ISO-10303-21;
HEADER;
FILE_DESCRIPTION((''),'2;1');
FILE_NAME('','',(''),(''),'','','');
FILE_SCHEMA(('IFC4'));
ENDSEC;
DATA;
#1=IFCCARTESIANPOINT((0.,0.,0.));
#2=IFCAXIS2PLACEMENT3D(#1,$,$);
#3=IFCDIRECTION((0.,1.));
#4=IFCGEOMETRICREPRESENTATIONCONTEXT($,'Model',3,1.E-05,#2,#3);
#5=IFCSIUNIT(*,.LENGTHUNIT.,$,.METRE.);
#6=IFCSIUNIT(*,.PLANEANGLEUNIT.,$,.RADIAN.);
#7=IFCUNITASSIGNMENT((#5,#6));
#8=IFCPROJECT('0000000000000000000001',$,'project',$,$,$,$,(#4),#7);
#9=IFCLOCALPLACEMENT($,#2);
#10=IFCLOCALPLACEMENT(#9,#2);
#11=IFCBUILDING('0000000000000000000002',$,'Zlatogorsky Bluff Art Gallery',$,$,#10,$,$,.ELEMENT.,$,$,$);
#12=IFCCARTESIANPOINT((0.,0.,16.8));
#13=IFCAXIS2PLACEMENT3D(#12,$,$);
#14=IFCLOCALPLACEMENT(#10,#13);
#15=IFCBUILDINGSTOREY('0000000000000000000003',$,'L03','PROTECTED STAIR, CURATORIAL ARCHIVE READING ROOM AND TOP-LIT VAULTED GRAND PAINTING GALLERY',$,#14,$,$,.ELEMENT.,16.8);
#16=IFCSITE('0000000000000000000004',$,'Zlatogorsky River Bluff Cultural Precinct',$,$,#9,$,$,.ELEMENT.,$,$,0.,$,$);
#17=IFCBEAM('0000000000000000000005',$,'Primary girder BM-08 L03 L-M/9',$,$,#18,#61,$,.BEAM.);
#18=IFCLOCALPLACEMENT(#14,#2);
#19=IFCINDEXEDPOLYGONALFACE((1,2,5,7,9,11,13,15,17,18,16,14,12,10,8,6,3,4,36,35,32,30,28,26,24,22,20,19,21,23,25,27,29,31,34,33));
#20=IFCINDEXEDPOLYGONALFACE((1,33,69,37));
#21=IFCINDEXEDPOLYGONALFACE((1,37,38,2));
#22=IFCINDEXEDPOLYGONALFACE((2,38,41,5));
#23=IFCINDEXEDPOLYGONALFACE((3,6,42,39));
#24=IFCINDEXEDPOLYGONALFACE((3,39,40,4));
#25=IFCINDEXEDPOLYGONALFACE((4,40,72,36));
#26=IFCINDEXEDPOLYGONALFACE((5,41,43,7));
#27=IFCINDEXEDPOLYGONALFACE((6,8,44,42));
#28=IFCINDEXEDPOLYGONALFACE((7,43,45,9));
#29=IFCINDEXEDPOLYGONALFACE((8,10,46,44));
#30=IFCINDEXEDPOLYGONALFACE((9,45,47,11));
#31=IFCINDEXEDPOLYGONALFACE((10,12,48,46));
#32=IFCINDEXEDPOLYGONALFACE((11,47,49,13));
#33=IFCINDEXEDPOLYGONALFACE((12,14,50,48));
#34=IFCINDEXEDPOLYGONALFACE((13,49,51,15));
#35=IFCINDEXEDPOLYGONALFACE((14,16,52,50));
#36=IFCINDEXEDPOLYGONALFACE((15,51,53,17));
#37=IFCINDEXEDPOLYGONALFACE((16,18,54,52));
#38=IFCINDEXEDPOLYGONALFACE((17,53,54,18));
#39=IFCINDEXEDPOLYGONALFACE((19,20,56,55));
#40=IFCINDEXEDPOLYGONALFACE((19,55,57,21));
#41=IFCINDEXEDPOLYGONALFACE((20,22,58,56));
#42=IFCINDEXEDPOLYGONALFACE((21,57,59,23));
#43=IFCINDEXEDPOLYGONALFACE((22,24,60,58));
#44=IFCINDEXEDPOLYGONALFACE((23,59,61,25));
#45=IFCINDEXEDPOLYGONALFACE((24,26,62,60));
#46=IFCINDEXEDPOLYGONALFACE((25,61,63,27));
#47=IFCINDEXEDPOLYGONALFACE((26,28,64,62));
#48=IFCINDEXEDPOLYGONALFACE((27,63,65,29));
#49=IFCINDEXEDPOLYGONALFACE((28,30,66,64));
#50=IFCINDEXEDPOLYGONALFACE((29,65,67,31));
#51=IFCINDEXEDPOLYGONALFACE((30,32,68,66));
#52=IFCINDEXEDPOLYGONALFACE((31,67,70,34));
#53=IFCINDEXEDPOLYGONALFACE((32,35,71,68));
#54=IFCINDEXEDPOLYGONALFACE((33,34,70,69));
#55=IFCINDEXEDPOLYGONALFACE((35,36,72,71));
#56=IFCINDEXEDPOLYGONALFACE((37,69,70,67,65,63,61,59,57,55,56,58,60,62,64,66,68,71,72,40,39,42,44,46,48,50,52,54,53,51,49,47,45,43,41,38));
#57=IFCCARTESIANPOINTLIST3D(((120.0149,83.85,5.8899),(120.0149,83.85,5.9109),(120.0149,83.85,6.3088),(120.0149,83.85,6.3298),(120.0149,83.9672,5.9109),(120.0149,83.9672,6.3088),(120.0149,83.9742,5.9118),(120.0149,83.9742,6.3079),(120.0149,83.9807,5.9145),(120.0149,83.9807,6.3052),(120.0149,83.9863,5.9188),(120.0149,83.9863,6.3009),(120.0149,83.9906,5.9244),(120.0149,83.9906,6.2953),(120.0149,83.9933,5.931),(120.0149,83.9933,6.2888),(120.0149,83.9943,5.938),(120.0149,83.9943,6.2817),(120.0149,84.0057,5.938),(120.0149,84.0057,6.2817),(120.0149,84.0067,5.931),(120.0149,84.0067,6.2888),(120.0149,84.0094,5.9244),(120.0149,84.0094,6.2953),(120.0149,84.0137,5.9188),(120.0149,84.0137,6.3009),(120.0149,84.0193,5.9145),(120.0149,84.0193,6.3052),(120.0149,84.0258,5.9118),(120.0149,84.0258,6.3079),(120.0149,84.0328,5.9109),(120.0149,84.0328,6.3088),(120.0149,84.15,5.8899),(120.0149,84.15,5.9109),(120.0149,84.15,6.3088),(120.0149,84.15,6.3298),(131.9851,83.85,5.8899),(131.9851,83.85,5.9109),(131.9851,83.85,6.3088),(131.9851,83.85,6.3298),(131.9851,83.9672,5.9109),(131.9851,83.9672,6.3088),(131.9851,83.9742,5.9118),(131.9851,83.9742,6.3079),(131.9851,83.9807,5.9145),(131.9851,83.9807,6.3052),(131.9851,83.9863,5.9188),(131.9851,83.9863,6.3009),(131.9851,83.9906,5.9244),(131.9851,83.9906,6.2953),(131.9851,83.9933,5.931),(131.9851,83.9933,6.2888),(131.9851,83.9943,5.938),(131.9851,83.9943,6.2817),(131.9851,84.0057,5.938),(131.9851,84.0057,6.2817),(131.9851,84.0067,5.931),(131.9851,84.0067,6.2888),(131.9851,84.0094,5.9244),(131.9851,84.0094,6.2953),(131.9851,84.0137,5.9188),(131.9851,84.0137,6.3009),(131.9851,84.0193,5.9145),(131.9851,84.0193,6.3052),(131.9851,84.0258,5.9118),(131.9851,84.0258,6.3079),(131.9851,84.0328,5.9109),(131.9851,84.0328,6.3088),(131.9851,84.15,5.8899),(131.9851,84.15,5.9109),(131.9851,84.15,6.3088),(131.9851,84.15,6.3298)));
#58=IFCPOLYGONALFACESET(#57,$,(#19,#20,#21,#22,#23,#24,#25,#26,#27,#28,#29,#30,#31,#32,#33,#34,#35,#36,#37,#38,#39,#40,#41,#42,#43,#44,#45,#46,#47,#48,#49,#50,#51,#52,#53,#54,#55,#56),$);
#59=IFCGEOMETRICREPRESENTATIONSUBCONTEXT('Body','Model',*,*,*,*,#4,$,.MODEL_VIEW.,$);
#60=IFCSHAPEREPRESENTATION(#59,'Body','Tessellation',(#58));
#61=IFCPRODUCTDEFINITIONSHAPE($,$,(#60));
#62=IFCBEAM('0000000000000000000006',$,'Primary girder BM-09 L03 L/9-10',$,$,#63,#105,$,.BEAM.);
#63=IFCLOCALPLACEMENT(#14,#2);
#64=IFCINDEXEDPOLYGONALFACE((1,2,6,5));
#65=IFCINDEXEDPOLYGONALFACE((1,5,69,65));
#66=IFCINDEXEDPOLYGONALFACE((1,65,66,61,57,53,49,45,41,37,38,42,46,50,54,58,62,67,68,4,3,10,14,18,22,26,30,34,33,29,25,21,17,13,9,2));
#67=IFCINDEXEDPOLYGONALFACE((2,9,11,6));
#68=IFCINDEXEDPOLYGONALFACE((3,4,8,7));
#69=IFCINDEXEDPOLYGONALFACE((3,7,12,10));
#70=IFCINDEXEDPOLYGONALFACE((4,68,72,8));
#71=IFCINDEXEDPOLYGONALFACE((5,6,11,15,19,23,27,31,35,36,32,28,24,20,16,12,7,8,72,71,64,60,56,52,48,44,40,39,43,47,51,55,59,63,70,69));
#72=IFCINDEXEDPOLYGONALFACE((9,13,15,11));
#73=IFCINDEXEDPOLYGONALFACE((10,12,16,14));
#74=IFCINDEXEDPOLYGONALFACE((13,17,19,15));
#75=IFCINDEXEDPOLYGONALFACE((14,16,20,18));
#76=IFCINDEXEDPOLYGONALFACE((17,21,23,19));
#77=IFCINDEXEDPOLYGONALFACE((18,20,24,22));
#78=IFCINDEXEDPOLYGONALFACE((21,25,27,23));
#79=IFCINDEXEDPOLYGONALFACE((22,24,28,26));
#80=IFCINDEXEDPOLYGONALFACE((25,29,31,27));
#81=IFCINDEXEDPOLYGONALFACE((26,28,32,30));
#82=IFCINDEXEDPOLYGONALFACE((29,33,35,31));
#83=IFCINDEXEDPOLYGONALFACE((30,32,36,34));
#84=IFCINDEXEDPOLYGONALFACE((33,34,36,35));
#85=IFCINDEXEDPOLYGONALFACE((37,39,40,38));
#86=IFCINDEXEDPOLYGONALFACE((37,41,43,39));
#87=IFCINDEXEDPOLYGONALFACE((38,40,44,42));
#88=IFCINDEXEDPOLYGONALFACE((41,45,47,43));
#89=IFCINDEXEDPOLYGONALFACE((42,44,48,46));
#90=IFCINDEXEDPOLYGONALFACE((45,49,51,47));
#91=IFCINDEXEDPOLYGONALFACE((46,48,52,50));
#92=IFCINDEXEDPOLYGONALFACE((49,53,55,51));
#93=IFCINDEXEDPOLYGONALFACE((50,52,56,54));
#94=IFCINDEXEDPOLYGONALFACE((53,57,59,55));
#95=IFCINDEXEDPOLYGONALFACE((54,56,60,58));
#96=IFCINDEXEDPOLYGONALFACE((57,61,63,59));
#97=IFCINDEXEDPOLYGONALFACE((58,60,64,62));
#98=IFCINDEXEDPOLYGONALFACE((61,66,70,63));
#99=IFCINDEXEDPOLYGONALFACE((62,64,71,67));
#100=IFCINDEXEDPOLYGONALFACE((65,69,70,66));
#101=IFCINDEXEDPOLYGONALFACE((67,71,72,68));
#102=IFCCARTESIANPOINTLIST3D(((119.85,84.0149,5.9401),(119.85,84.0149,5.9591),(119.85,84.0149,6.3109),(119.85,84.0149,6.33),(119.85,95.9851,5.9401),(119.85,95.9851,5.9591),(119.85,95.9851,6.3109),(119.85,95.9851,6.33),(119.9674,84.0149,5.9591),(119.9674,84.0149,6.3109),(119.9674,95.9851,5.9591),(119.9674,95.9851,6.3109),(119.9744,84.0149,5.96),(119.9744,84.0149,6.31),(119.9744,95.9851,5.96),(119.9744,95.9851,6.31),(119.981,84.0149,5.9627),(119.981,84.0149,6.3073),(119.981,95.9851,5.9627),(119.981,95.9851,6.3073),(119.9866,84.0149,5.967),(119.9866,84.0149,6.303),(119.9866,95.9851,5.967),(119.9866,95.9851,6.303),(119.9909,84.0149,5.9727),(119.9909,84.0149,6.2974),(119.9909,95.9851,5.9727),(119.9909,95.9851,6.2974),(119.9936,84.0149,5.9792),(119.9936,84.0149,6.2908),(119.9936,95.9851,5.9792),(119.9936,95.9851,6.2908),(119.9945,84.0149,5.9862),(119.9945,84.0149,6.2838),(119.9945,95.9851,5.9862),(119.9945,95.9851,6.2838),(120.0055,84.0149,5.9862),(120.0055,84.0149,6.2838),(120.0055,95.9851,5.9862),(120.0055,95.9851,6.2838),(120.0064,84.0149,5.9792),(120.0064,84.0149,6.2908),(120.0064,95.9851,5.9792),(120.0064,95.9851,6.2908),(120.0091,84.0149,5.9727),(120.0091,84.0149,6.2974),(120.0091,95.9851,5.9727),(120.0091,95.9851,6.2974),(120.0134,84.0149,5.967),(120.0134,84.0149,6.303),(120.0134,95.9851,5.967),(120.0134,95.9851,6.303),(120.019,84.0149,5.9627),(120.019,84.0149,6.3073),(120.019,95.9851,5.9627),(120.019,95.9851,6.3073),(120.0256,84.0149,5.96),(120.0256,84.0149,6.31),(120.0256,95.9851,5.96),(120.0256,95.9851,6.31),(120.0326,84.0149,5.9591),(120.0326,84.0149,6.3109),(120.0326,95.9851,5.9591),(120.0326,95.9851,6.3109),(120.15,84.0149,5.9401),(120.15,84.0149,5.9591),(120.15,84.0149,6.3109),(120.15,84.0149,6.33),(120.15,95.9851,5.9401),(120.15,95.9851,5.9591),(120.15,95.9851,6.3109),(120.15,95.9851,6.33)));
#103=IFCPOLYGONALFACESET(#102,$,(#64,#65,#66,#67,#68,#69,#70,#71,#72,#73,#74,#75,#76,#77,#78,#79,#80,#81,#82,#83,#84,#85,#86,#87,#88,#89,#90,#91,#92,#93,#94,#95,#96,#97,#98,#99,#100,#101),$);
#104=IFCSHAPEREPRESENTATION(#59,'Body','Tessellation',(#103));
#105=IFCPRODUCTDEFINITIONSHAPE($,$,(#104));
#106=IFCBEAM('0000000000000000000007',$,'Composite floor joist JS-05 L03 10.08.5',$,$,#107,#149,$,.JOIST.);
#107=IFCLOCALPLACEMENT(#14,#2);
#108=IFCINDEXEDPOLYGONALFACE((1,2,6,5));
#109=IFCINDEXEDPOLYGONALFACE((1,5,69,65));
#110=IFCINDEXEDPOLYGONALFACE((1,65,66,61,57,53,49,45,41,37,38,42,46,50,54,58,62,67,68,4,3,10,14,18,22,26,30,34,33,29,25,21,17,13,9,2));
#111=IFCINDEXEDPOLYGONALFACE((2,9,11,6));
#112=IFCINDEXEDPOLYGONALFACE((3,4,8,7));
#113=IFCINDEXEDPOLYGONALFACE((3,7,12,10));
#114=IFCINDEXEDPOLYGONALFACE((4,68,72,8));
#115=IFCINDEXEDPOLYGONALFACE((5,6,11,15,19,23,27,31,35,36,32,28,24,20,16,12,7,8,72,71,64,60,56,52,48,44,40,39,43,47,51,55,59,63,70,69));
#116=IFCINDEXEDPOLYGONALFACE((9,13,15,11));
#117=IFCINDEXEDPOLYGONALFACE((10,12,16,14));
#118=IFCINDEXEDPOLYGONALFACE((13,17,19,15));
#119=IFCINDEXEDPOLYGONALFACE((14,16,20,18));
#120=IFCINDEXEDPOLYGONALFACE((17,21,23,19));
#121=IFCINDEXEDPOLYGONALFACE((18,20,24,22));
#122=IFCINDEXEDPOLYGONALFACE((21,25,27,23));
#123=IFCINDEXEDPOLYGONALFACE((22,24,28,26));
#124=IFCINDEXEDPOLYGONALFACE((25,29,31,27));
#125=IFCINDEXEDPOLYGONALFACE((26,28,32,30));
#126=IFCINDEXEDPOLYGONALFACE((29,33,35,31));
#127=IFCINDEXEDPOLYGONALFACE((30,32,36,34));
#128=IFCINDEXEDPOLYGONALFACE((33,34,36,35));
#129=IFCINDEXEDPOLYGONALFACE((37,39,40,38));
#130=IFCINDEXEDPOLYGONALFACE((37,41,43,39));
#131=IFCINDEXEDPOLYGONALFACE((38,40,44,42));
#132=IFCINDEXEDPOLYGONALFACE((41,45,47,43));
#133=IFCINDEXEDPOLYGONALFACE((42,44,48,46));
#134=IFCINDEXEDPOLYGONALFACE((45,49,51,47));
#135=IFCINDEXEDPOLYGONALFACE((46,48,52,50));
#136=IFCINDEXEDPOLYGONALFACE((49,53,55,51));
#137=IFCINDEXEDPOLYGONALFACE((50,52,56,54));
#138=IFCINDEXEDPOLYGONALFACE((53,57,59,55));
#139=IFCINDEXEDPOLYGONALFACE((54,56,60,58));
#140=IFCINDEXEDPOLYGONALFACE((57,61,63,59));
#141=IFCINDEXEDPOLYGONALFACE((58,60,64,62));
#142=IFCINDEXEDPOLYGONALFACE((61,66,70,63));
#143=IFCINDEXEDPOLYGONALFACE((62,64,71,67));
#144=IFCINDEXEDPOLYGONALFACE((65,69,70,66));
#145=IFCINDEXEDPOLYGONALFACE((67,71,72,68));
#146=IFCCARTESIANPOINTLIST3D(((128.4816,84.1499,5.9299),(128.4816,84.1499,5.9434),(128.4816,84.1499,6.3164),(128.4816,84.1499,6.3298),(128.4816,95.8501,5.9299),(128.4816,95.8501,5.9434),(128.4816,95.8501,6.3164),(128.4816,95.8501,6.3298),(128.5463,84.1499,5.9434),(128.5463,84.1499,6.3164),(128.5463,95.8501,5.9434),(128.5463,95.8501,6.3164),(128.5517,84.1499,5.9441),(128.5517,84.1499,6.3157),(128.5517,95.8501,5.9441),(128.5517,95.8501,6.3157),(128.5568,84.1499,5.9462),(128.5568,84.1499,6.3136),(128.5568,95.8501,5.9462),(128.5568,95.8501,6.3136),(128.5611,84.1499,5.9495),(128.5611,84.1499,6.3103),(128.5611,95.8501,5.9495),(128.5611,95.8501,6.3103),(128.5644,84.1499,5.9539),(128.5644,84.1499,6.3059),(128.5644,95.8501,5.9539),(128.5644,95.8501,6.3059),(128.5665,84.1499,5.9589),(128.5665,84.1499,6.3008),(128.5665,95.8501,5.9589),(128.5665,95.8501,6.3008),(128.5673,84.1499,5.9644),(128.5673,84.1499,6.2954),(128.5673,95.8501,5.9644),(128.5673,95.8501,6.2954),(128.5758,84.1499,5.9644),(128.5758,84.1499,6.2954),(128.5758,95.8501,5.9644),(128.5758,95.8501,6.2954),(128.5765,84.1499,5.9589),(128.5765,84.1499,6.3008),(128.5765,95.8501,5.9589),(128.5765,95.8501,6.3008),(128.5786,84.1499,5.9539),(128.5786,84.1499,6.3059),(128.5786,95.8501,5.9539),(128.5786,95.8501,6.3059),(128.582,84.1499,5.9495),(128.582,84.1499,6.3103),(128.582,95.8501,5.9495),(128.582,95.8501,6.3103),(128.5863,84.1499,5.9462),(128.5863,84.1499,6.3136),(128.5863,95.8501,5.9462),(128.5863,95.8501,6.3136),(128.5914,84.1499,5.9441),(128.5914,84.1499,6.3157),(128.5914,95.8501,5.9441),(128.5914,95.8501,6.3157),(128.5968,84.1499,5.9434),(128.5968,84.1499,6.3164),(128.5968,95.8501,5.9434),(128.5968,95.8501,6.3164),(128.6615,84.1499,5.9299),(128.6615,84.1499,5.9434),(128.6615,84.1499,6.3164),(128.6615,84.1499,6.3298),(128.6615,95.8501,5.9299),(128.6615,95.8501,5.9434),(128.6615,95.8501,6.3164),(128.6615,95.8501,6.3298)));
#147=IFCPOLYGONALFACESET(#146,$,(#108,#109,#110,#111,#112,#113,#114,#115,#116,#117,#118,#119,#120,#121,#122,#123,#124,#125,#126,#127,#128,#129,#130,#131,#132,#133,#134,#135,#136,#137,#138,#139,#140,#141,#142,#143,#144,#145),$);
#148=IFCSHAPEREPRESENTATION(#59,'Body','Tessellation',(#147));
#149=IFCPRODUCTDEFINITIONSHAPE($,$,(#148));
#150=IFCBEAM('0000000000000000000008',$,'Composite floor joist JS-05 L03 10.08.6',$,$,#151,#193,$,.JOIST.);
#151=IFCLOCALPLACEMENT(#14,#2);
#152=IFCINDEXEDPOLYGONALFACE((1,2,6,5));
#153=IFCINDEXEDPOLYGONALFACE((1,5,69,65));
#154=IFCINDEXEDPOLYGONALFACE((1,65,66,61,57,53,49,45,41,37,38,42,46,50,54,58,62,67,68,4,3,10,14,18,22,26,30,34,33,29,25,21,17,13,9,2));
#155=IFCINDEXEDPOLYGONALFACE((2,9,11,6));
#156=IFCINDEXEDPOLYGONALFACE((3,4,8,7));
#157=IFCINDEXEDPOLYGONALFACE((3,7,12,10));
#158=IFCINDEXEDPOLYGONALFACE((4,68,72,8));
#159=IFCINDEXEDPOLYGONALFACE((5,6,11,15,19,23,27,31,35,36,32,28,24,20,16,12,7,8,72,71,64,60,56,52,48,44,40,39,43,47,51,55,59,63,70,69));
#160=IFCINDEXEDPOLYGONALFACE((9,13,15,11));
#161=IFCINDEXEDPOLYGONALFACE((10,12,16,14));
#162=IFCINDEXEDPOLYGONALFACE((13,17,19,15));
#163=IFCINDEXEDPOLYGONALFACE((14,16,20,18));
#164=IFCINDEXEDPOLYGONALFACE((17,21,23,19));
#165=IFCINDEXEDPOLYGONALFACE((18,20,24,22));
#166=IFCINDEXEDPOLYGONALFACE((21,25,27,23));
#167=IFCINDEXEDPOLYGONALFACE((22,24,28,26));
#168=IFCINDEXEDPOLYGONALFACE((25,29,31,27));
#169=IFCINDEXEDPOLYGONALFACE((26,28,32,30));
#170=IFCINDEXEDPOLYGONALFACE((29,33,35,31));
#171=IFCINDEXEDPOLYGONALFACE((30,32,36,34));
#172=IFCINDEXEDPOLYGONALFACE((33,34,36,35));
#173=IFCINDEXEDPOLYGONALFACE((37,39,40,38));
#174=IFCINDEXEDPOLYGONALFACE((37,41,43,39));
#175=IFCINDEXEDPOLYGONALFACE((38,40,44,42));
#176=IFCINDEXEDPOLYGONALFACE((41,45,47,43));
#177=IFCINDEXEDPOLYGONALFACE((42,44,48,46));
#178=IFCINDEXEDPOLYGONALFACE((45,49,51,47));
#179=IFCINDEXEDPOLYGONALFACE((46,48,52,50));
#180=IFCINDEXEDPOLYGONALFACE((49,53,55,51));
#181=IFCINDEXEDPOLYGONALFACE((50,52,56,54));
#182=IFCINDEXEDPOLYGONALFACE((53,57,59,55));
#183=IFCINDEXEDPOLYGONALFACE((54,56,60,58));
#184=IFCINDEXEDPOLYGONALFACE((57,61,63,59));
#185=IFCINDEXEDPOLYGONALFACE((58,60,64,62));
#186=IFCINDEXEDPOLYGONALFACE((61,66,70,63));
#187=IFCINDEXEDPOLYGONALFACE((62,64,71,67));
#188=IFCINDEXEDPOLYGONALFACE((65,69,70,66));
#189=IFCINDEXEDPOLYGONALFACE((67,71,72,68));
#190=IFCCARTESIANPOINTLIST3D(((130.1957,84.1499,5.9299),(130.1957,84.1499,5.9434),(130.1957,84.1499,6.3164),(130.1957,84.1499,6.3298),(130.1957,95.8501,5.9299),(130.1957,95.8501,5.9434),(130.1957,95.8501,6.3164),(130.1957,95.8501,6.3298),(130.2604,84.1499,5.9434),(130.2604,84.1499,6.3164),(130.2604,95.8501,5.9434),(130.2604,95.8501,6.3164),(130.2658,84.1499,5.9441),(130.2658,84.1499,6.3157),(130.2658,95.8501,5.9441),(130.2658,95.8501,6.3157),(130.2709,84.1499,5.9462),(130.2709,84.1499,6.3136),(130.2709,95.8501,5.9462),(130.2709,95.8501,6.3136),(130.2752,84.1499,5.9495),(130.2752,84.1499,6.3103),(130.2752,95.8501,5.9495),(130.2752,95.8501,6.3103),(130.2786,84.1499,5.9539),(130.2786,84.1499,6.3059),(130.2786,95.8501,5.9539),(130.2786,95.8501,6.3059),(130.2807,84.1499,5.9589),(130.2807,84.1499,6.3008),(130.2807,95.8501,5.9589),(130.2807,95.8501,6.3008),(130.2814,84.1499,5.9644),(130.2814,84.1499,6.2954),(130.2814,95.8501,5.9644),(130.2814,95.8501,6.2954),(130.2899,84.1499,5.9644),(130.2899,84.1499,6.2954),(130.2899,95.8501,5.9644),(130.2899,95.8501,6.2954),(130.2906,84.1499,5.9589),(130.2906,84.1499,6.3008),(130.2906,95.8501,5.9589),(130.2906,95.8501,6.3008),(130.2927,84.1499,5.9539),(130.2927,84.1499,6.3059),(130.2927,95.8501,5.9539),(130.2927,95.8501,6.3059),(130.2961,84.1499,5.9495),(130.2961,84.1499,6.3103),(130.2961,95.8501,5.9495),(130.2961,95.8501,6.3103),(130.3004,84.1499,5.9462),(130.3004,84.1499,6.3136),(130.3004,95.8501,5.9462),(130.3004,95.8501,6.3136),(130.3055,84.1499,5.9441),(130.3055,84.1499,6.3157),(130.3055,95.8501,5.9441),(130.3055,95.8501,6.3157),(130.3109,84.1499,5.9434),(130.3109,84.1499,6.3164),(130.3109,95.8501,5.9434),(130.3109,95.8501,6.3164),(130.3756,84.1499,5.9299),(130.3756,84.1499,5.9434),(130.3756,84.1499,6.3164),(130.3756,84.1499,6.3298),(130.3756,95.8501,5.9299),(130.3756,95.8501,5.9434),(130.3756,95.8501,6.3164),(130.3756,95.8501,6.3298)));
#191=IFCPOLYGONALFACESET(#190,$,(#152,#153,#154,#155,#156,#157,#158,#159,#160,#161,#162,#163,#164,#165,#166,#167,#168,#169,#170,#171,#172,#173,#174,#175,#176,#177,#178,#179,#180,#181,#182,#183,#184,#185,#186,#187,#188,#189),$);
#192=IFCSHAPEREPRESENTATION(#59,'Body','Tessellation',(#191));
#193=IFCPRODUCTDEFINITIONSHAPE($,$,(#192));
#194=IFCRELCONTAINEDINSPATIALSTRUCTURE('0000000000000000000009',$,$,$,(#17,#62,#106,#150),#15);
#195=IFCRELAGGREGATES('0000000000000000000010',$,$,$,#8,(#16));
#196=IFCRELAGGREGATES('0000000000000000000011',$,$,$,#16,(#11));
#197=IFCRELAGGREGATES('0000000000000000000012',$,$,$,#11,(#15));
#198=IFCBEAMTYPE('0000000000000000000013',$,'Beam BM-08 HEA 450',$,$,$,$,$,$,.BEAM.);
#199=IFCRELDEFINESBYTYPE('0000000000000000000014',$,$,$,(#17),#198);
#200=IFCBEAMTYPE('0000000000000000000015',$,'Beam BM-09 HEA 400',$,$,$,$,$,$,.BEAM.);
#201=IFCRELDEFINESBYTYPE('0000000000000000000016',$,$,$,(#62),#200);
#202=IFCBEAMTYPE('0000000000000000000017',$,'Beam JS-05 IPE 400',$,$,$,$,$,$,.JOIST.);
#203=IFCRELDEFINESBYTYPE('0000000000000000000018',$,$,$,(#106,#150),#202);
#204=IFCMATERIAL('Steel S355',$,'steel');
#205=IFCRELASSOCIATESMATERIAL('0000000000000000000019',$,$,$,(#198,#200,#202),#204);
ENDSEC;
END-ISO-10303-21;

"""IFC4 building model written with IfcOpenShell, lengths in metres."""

from ifc_helpers import new_model, si_unit, direction, frame, origin, origin_2d, place, context, subcontext, project, spatial, i_section, extrude, material, material_profile, profile_set, type_object, element, save


model = new_model("IFC4")

# Units and contexts
model_context = context("Model", 3, precision=1e-05, world=origin(), true_north=direction((0.0, 1.0)))
body_context = subcontext(model_context, "Body", "Model", "MODEL_VIEW")
ifc_project = project(units=[si_unit("LENGTHUNIT", "METRE"), si_unit("PLANEANGLEUNIT", "RADIAN")], contexts=[model_context])

# Site, building, storey
site_placement = place(None, origin())
site = spatial("IfcSite", under=ifc_project, at=site_placement, Name="Zlatogorsky River Bluff Cultural Precinct", CompositionType="ELEMENT", RefElevation=0.0)
building_placement = place(site_placement, origin())
building = spatial("IfcBuilding", under=site, at=building_placement, Name="Zlatogorsky Bluff Art Gallery", CompositionType="ELEMENT")
storey_placement = place(building_placement, frame((0.0, 0.0, 16.8)))
storey = spatial("IfcBuildingStorey", under=building, at=storey_placement, Name="L03", Description="PROTECTED STAIR, CURATORIAL ARCHIVE READING ROOM AND TOP-LIT VAULTED GRAND PAINTING GALLERY", CompositionType="ELEMENT", Elevation=16.8)

# Shared definitions
ifc_material_1 = material(Name="Steel S355", Category="steel")

# Beams
ifc_material_profile_1 = material_profile(ifc_material_1, i_section(OverallWidth=0.3, OverallDepth=0.4399, WebThickness=0.0115, FlangeThickness=0.021, FilletRadius=0.0271, at=origin_2d()), Name="HEA 450")
ifc_profile_set_1 = profile_set([ifc_material_profile_1], Name="Steel S355")
beam_type_1 = type_object("IfcBeamType", Name="Beam BM-08 HEA 450", PredefinedType="BEAM", material=ifc_profile_set_1)
beam_1_placement = place(storey_placement, frame((120.0149, 84.0, 6.1099), z_axis=(1.0, 0.0, 0.0), x_axis=(0.0, 1.0, 0.0)))
element("IfcBeam", 1, at=beam_1_placement, inside=storey, type_object=beam_type_1, Name="Primary girder BM-08 L03 L-M/9", PredefinedType="BEAM", context=body_context, shape_type="SweptSolid", body=[
    extrude(i_section(OverallWidth=0.3, OverallDepth=0.4399, WebThickness=0.0115, FlangeThickness=0.021, FilletRadius=0.0271, at=origin_2d()), origin(), (0.0, 0.0, 1.0), 11.9702),
])
ifc_material_profile_2 = material_profile(ifc_material_1, i_section(OverallWidth=0.3, OverallDepth=0.3899, WebThickness=0.011, FlangeThickness=0.019, FilletRadius=0.0271, at=origin_2d()), Name="HEA 400")
ifc_profile_set_2 = profile_set([ifc_material_profile_2], Name="Steel S355")
beam_type_2 = type_object("IfcBeamType", Name="Beam BM-09 HEA 400", PredefinedType="BEAM", material=ifc_profile_set_2)
beam_2_placement = place(storey_placement, frame((120.0, 84.0149, 6.135), z_axis=(0.0, 1.0, 0.0), x_axis=(-1.0, 0.0, 0.0)))
element("IfcBeam", 2, at=beam_2_placement, inside=storey, type_object=beam_type_2, Name="Primary girder BM-09 L03 L/9-10", PredefinedType="BEAM", context=body_context, shape_type="SweptSolid", body=[
    extrude(i_section(OverallWidth=0.3, OverallDepth=0.3899, WebThickness=0.011, FlangeThickness=0.019, FilletRadius=0.0271, at=origin_2d()), origin(), (0.0, 0.0, 1.0), 11.9702),
])
ifc_material_profile_3 = material_profile(ifc_material_1, i_section(OverallWidth=0.1799, OverallDepth=0.3999, WebThickness=0.0085, FlangeThickness=0.0134, FilletRadius=0.021, at=origin_2d()), Name="IPE 400")
ifc_profile_set_3 = profile_set([ifc_material_profile_3], Name="Steel S355")
beam_type_3 = type_object("IfcBeamType", Name="Beam JS-05 IPE 400", PredefinedType="JOIST", material=ifc_profile_set_3)
for number, where, z_axis, x_axis, name in (
    (3, (128.5715, 84.1499, 6.1299), (0.0, 1.0, 0.0), (-1.0, 0.0, 0.0), "Composite floor joist JS-05 L03 10.08.5"),
    (4, (130.2856, 84.1499, 6.1299), (0.0, 1.0, 0.0), (-1.0, 0.0, 0.0), "Composite floor joist JS-05 L03 10.08.6"),
):
    element("IfcBeam", number, at=place(storey_placement, frame(where, z_axis=z_axis, x_axis=x_axis)), inside=storey, type_object=beam_type_3, Name=name, PredefinedType="JOIST", context=body_context, shape_type="SweptSolid", body=[
        extrude(i_section(OverallWidth=0.1799, OverallDepth=0.3999, WebThickness=0.0085, FlangeThickness=0.0134, FilletRadius=0.021, at=origin_2d()), origin(), (0.0, 0.0, 1.0), 11.7002),
    ])

save(model, "model.ifc")
